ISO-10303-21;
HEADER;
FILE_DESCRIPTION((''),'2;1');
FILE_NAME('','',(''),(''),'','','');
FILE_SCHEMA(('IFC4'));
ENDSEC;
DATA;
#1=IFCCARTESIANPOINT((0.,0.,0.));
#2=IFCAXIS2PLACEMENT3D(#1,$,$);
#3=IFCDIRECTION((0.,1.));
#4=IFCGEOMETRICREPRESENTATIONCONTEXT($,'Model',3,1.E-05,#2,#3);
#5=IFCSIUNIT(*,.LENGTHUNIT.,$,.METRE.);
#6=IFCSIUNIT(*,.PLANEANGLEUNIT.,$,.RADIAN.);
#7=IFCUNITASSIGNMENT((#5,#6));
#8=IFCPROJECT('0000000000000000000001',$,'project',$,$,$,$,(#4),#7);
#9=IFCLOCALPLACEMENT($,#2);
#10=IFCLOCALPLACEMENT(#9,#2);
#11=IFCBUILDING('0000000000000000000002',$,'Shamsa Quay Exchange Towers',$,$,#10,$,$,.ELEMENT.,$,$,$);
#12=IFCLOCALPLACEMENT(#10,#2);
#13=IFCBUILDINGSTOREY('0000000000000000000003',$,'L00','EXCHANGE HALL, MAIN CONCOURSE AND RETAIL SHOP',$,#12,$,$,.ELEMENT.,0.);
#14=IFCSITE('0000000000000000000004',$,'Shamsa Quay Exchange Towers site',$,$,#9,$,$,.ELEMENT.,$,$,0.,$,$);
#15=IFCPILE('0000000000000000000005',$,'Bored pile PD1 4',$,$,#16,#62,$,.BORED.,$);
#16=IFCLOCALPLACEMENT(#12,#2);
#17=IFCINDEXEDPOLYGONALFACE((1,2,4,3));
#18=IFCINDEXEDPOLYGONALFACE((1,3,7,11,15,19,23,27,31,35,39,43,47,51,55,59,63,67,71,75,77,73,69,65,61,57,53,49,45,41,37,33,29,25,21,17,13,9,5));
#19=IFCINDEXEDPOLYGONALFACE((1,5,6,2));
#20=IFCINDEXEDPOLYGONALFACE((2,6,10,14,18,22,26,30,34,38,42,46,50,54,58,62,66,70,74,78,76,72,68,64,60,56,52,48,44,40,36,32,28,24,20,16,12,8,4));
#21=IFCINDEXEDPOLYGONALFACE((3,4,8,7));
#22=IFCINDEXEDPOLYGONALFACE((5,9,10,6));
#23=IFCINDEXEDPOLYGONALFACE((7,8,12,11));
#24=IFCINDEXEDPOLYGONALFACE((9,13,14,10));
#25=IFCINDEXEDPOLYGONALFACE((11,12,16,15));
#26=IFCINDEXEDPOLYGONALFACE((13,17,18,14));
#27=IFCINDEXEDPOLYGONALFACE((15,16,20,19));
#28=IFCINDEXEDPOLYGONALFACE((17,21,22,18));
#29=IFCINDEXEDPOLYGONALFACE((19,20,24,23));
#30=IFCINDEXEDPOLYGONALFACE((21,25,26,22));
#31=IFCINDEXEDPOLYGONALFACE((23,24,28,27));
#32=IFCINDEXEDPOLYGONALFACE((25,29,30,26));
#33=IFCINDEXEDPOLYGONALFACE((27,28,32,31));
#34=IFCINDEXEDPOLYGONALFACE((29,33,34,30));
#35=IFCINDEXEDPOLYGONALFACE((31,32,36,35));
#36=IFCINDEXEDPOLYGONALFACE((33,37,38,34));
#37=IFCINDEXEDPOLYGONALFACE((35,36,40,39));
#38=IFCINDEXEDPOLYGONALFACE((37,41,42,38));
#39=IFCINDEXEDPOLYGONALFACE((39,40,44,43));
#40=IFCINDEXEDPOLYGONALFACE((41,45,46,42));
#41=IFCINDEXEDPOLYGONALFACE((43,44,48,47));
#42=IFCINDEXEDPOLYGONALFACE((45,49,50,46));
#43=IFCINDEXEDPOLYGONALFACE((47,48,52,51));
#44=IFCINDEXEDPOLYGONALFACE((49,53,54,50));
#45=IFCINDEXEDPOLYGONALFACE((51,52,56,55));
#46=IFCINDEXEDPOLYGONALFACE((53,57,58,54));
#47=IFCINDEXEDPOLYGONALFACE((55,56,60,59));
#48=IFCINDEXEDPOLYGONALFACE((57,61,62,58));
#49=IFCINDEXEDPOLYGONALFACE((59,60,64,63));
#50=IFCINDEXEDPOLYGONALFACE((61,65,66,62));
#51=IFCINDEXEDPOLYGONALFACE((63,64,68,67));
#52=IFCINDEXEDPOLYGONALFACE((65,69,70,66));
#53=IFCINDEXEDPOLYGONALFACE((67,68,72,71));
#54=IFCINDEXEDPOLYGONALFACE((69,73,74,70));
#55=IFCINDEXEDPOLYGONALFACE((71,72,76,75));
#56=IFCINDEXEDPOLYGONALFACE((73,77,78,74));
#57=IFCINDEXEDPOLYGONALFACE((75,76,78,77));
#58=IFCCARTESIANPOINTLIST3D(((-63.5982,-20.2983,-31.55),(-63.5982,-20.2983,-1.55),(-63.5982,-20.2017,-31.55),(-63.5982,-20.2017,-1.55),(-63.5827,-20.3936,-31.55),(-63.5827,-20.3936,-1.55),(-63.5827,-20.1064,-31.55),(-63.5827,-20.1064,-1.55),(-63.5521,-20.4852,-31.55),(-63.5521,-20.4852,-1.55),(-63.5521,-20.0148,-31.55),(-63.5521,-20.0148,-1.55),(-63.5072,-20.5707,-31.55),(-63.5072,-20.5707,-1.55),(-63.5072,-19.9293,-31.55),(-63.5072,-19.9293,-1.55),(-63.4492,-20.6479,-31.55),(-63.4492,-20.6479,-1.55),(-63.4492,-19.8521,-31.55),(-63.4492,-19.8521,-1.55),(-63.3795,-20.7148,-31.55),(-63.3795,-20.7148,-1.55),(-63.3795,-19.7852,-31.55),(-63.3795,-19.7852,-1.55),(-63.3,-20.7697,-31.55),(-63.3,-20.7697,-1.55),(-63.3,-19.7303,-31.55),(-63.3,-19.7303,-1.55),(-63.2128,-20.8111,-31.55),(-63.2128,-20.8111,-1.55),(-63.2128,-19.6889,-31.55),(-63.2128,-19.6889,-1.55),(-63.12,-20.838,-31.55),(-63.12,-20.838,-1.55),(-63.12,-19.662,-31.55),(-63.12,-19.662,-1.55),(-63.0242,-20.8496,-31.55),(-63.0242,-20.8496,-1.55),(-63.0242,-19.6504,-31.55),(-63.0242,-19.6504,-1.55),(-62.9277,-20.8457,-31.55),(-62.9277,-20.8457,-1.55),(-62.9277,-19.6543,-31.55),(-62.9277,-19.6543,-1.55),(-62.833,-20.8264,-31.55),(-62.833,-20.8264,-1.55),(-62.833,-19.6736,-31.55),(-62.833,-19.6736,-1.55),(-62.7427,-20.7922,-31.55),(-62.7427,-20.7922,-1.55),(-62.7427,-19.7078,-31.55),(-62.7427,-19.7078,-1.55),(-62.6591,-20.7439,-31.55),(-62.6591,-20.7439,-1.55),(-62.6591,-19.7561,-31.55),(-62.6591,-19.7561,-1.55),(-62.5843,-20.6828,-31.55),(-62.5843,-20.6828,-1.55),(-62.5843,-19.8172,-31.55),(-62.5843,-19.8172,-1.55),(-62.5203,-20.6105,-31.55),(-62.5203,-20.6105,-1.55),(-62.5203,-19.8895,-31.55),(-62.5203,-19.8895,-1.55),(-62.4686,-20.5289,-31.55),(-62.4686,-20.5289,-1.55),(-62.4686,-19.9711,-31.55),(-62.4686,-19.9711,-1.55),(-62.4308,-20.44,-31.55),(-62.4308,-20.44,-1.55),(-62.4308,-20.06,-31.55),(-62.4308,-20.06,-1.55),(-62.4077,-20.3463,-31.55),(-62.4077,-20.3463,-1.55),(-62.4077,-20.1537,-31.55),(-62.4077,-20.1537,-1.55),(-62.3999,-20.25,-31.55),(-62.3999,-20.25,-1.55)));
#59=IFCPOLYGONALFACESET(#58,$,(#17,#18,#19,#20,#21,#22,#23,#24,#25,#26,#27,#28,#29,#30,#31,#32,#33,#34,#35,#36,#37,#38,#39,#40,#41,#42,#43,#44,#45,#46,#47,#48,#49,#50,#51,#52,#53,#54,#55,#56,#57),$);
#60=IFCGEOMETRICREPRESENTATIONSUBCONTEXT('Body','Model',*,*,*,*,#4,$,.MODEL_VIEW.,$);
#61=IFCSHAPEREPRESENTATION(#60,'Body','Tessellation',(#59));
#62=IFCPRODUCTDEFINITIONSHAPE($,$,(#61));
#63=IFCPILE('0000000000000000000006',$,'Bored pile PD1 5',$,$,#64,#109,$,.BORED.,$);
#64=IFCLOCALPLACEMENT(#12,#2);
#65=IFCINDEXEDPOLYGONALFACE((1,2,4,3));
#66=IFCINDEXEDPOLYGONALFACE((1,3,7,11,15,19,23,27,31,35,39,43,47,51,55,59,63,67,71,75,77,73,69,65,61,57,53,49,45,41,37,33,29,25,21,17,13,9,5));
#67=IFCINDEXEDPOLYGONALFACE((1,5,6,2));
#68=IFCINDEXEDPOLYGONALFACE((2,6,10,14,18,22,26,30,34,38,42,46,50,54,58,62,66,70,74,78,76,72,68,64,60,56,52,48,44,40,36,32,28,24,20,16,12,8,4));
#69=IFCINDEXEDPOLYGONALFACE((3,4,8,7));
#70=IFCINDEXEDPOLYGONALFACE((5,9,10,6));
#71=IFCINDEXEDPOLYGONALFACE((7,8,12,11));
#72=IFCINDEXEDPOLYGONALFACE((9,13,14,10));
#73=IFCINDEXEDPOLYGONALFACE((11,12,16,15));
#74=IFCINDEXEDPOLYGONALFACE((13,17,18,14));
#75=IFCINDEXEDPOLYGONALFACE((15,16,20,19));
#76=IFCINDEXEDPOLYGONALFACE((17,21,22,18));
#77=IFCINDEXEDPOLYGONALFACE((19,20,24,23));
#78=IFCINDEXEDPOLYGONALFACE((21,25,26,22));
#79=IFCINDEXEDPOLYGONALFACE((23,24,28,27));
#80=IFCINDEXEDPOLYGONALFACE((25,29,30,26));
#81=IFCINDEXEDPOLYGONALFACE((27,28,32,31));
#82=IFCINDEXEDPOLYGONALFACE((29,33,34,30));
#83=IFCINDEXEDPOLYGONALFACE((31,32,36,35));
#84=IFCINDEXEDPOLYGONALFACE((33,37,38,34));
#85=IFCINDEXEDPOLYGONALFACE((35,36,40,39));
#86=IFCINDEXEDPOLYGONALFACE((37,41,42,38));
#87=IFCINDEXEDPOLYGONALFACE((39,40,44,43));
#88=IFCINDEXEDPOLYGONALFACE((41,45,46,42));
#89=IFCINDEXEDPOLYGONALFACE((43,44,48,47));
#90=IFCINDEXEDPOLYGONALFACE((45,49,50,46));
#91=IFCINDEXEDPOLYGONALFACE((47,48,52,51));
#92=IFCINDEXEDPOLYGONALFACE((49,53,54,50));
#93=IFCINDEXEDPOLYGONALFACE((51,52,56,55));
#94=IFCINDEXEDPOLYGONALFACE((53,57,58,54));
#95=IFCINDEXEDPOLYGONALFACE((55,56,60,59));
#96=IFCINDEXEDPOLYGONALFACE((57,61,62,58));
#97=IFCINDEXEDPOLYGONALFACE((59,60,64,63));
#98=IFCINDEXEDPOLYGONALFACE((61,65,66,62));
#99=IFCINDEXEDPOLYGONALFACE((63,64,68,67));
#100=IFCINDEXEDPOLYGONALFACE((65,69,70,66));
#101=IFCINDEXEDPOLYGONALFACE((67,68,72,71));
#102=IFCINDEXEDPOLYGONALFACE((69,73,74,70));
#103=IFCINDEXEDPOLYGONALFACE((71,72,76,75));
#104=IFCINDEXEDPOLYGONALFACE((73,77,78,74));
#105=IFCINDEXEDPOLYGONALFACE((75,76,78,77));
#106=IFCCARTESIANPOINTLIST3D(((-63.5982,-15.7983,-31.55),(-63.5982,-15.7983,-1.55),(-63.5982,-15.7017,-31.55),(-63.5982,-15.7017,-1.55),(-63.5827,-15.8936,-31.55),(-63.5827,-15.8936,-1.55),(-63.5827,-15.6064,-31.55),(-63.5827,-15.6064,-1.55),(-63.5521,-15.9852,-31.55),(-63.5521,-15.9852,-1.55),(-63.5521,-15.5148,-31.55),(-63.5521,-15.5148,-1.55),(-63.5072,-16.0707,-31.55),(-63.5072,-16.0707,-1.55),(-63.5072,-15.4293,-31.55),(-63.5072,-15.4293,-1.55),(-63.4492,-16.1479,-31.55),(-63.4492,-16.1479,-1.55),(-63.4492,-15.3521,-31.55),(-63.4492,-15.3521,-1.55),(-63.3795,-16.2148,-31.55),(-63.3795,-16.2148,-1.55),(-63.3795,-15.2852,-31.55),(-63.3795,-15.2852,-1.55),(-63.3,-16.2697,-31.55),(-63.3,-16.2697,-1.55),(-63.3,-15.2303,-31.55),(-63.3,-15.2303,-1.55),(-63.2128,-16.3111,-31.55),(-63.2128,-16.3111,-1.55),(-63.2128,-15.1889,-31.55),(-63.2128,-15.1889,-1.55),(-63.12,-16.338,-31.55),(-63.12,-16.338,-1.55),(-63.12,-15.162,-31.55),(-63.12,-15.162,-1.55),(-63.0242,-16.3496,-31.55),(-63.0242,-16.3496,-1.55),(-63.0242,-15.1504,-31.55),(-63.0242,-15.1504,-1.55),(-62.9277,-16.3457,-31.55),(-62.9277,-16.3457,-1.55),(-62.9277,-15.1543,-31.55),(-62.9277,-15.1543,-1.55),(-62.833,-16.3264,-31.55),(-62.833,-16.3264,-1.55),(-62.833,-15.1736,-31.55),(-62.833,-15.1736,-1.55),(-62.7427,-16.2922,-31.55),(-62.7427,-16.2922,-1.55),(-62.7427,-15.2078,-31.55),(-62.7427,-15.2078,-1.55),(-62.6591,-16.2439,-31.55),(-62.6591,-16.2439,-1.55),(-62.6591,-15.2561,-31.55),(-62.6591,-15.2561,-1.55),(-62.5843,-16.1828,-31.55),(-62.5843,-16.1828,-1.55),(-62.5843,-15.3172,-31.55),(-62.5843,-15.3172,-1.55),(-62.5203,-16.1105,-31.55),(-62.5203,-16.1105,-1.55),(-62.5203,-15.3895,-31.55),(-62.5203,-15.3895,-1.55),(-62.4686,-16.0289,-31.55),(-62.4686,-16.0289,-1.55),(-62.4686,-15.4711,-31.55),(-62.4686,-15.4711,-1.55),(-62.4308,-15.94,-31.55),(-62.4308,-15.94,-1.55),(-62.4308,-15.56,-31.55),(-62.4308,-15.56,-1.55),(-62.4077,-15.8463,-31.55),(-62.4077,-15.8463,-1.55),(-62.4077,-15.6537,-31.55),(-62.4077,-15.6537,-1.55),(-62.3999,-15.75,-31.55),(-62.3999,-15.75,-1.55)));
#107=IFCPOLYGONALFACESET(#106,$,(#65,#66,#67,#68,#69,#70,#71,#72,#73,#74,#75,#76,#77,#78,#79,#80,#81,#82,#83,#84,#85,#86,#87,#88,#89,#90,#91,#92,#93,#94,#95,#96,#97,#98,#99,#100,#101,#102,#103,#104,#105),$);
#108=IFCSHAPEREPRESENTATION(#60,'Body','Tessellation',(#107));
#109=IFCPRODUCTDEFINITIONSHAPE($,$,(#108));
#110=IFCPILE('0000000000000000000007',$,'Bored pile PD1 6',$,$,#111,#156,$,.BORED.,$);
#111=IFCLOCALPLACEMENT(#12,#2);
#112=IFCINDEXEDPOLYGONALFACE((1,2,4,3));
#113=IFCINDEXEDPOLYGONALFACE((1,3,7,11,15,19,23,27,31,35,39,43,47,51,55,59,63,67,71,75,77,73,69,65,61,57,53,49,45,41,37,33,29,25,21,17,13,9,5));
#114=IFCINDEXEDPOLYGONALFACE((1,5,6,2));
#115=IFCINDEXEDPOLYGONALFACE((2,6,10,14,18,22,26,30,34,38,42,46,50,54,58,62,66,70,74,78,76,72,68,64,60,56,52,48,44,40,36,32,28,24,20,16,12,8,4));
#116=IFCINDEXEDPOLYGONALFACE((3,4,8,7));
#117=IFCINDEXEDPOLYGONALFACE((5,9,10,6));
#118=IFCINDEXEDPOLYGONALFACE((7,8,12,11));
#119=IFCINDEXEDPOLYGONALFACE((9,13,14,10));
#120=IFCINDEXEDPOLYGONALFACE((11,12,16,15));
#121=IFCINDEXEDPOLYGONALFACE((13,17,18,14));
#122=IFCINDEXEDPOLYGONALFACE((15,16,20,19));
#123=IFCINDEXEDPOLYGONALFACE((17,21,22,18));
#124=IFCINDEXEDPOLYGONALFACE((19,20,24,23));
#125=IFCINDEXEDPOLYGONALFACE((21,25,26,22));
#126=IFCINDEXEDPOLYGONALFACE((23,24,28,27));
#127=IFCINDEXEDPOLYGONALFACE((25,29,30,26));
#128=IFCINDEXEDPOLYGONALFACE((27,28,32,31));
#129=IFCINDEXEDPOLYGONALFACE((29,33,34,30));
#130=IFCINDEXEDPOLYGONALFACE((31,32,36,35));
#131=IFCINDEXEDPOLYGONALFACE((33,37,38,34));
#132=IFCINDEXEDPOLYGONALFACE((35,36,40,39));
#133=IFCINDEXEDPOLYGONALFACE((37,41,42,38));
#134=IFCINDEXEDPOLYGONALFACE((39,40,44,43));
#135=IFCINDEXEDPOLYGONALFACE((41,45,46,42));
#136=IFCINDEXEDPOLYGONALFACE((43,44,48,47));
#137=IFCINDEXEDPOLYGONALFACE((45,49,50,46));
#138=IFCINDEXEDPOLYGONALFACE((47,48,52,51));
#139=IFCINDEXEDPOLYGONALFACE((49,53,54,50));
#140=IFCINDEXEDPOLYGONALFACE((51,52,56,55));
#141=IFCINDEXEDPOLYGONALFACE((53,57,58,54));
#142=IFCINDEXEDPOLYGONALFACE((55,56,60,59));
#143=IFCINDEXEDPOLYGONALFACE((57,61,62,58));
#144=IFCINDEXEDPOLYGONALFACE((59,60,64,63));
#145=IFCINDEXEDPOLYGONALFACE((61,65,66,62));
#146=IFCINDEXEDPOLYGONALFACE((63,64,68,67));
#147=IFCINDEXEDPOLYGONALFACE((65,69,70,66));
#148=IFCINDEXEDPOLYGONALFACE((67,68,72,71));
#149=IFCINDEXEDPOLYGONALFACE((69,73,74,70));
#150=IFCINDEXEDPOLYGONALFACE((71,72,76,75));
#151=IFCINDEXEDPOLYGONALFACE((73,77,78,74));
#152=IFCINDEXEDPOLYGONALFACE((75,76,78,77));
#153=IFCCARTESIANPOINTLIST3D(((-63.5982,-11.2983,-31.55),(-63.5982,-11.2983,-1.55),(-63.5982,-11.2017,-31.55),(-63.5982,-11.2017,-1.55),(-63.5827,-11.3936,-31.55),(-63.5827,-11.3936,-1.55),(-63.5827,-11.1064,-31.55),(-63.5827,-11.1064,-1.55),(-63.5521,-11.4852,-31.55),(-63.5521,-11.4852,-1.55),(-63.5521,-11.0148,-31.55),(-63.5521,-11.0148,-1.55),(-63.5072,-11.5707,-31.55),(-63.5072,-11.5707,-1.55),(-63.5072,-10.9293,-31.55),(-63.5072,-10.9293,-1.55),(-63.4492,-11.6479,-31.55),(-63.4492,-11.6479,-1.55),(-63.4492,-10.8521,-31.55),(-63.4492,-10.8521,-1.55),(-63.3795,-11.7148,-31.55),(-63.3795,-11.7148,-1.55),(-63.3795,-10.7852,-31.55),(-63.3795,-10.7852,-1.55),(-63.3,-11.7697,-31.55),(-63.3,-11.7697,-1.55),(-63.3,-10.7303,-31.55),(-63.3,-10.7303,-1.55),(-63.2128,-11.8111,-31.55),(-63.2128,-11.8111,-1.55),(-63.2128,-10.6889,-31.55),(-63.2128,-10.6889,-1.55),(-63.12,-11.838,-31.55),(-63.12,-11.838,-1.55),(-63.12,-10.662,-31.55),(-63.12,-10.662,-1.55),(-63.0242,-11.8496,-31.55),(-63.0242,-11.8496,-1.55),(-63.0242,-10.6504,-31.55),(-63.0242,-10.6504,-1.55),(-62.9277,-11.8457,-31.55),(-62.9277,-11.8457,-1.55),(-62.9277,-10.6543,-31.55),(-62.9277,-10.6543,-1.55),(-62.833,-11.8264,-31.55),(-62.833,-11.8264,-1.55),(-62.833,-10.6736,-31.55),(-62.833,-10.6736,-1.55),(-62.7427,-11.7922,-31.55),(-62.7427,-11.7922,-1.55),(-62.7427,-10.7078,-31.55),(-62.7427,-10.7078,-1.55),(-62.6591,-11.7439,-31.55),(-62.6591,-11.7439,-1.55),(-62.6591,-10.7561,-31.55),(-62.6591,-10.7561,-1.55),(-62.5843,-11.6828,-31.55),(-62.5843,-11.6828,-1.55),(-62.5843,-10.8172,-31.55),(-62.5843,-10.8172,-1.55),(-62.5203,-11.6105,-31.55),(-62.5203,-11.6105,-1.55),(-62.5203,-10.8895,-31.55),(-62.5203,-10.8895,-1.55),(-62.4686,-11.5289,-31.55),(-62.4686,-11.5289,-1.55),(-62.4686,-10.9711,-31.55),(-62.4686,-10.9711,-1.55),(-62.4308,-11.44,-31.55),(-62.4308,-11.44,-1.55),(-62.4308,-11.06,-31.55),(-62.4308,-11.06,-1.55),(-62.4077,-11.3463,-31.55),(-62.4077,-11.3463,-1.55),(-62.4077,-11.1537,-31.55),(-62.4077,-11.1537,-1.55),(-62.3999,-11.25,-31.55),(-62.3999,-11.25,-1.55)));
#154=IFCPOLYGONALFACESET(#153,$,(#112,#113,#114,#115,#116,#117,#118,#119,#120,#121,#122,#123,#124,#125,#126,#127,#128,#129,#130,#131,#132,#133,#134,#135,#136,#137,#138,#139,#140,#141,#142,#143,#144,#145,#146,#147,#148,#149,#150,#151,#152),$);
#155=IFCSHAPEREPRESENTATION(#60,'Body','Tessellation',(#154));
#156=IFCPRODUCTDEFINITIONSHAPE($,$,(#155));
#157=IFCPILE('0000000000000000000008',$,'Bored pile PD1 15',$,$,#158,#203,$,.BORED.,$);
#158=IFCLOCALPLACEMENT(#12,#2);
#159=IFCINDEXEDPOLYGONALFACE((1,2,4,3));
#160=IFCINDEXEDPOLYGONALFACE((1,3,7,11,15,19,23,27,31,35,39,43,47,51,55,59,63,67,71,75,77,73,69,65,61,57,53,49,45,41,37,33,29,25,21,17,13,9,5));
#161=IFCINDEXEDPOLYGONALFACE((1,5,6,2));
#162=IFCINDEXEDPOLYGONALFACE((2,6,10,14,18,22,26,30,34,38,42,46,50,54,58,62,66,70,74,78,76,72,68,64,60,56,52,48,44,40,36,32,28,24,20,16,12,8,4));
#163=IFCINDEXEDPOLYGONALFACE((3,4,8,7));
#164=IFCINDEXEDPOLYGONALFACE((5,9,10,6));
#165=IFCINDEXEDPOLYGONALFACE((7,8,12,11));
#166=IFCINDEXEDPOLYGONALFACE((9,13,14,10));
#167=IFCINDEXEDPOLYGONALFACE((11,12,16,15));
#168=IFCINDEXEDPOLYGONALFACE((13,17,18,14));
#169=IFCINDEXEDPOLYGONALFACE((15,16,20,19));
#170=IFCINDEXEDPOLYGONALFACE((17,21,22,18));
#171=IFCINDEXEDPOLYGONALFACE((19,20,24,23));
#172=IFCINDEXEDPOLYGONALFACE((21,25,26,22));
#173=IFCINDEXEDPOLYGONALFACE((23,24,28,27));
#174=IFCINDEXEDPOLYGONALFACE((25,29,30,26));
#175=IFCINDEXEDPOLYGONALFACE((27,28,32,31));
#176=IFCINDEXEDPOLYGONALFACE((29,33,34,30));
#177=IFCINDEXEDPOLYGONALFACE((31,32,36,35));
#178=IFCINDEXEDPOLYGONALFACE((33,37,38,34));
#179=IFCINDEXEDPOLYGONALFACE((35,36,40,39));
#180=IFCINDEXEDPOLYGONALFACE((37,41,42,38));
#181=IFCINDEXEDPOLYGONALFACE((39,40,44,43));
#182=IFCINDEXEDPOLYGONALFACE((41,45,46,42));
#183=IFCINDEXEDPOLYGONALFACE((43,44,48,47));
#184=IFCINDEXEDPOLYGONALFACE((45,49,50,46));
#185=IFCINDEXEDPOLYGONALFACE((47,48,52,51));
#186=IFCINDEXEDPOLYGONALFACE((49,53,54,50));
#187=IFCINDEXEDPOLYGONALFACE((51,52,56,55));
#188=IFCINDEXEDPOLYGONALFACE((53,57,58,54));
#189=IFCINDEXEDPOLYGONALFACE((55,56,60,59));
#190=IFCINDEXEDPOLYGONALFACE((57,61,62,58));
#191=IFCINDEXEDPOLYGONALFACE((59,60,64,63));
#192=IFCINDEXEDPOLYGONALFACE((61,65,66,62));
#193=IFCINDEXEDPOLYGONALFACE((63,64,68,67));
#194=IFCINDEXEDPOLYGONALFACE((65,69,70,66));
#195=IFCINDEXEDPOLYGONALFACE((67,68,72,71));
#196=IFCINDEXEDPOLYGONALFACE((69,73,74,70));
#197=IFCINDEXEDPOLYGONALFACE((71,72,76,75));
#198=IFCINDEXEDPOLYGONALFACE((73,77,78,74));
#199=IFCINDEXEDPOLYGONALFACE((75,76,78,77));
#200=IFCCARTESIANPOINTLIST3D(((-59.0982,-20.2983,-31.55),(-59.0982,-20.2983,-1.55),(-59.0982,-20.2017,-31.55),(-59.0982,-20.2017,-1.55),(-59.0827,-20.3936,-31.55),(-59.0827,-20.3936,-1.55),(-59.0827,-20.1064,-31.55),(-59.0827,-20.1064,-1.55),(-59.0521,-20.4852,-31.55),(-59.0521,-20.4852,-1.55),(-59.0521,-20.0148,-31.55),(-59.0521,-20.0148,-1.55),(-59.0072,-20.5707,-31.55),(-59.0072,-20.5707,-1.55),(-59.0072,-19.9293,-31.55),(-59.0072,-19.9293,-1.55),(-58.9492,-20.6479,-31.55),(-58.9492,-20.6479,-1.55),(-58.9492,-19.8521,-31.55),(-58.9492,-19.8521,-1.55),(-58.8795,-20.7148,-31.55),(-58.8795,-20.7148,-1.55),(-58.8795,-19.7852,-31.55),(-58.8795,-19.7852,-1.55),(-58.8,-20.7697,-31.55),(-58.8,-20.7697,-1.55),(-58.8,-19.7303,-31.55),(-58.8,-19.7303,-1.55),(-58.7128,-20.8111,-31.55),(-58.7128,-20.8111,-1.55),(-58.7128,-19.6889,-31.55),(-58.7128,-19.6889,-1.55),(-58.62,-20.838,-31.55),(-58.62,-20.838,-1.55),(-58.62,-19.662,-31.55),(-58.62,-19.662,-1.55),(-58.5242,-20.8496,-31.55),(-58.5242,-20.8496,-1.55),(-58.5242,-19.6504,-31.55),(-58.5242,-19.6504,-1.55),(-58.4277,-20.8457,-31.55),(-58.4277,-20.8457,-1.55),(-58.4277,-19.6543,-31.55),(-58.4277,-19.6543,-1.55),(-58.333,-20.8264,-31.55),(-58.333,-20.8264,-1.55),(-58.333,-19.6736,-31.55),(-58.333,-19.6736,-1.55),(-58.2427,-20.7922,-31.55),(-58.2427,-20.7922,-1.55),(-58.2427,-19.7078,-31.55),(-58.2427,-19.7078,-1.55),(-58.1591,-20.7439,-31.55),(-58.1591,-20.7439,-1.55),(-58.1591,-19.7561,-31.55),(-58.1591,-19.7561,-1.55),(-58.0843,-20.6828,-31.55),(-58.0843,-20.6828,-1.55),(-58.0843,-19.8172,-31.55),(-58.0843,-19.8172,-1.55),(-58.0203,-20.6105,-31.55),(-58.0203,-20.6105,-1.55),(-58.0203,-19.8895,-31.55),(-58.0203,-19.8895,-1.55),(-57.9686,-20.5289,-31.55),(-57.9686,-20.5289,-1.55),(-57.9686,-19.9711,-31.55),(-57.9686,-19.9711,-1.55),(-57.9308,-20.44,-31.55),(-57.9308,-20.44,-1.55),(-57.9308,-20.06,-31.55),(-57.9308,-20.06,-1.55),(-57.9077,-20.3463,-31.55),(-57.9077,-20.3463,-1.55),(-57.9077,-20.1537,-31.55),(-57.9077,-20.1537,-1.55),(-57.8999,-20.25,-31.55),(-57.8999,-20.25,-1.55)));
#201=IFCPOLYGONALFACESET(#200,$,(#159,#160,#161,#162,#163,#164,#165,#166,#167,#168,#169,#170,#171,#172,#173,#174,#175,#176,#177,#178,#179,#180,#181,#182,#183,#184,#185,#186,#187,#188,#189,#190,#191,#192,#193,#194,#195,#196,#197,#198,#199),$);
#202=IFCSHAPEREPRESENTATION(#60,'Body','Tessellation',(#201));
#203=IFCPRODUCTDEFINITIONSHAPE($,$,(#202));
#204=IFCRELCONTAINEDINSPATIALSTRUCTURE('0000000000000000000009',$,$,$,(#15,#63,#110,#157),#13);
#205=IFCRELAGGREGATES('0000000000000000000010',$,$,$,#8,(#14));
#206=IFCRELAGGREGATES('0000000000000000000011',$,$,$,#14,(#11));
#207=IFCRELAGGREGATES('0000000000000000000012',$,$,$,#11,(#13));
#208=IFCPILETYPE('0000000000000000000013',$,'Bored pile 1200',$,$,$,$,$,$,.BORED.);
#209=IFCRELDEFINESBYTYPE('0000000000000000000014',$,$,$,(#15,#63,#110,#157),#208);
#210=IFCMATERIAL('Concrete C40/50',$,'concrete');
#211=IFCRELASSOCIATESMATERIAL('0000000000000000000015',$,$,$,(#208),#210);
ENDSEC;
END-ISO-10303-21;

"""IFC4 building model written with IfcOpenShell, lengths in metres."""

from ifc_helpers import new_model, si_unit, direction, frame, origin, origin_2d, place, context, subcontext, project, spatial, circle, extrude, material, material_profile, profile_set, type_object, element, save


model = new_model("IFC4")

# Units and contexts
model_context = context("Model", 3, precision=1e-05, world=origin(), true_north=direction((0.0, 1.0)))
body_context = subcontext(model_context, "Body", "Model", "MODEL_VIEW")
ifc_project = project(units=[si_unit("LENGTHUNIT", "METRE"), si_unit("PLANEANGLEUNIT", "RADIAN")], contexts=[model_context])

# Site, building, storey
site_placement = place(None, origin())
site = spatial("IfcSite", under=ifc_project, at=site_placement, Name="Shamsa Quay Exchange Towers site", CompositionType="ELEMENT", RefElevation=0.0)
building_placement = place(site_placement, origin())
building = spatial("IfcBuilding", under=site, at=building_placement, Name="Shamsa Quay Exchange Towers", CompositionType="ELEMENT")
storey_placement = place(building_placement, origin())
storey = spatial("IfcBuildingStorey", under=building, at=storey_placement, Name="L00", Description="EXCHANGE HALL, MAIN CONCOURSE AND RETAIL SHOP", CompositionType="ELEMENT", Elevation=0.0)

# Piles
ifc_material_1 = material(Name="Concrete C40/50", Category="concrete")
ifc_material_profile_1 = material_profile(ifc_material_1, circle(Radius=0.6001, at=origin_2d()), Name="BP1200")
ifc_profile_set_1 = profile_set([ifc_material_profile_1], Name="Concrete C40/50")
pile_type_1 = type_object("IfcPileType", Name="Bored pile 1200", PredefinedType="BORED", material=ifc_profile_set_1)
for number, where, z_axis, x_axis, name in (
    (1, (-63.0, -20.25, -1.55), (0.0, 0.0, -1.0), (1.0, 0.0, 0.0), "Bored pile PD1 4"),
    (2, (-63.0, -15.75, -1.55), (0.0, 0.0, -1.0), (1.0, 0.0, 0.0), "Bored pile PD1 5"),
    (3, (-63.0, -11.25, -1.55), (0.0, 0.0, -1.0), (1.0, 0.0, 0.0), "Bored pile PD1 6"),
    (4, (-58.5, -20.25, -1.55), (0.0, 0.0, -1.0), (1.0, 0.0, 0.0), "Bored pile PD1 15"),
):
    element("IfcPile", number, at=place(storey_placement, frame(where, z_axis=z_axis, x_axis=x_axis)), inside=storey, type_object=pile_type_1, Name=name, PredefinedType="BORED", context=body_context, shape_type="SweptSolid", body=[
        extrude(circle(Radius=0.6001, at=origin_2d()), origin(), (0.0, 0.0, 1.0), 30.0),
    ])

save(model, "model.ifc")
